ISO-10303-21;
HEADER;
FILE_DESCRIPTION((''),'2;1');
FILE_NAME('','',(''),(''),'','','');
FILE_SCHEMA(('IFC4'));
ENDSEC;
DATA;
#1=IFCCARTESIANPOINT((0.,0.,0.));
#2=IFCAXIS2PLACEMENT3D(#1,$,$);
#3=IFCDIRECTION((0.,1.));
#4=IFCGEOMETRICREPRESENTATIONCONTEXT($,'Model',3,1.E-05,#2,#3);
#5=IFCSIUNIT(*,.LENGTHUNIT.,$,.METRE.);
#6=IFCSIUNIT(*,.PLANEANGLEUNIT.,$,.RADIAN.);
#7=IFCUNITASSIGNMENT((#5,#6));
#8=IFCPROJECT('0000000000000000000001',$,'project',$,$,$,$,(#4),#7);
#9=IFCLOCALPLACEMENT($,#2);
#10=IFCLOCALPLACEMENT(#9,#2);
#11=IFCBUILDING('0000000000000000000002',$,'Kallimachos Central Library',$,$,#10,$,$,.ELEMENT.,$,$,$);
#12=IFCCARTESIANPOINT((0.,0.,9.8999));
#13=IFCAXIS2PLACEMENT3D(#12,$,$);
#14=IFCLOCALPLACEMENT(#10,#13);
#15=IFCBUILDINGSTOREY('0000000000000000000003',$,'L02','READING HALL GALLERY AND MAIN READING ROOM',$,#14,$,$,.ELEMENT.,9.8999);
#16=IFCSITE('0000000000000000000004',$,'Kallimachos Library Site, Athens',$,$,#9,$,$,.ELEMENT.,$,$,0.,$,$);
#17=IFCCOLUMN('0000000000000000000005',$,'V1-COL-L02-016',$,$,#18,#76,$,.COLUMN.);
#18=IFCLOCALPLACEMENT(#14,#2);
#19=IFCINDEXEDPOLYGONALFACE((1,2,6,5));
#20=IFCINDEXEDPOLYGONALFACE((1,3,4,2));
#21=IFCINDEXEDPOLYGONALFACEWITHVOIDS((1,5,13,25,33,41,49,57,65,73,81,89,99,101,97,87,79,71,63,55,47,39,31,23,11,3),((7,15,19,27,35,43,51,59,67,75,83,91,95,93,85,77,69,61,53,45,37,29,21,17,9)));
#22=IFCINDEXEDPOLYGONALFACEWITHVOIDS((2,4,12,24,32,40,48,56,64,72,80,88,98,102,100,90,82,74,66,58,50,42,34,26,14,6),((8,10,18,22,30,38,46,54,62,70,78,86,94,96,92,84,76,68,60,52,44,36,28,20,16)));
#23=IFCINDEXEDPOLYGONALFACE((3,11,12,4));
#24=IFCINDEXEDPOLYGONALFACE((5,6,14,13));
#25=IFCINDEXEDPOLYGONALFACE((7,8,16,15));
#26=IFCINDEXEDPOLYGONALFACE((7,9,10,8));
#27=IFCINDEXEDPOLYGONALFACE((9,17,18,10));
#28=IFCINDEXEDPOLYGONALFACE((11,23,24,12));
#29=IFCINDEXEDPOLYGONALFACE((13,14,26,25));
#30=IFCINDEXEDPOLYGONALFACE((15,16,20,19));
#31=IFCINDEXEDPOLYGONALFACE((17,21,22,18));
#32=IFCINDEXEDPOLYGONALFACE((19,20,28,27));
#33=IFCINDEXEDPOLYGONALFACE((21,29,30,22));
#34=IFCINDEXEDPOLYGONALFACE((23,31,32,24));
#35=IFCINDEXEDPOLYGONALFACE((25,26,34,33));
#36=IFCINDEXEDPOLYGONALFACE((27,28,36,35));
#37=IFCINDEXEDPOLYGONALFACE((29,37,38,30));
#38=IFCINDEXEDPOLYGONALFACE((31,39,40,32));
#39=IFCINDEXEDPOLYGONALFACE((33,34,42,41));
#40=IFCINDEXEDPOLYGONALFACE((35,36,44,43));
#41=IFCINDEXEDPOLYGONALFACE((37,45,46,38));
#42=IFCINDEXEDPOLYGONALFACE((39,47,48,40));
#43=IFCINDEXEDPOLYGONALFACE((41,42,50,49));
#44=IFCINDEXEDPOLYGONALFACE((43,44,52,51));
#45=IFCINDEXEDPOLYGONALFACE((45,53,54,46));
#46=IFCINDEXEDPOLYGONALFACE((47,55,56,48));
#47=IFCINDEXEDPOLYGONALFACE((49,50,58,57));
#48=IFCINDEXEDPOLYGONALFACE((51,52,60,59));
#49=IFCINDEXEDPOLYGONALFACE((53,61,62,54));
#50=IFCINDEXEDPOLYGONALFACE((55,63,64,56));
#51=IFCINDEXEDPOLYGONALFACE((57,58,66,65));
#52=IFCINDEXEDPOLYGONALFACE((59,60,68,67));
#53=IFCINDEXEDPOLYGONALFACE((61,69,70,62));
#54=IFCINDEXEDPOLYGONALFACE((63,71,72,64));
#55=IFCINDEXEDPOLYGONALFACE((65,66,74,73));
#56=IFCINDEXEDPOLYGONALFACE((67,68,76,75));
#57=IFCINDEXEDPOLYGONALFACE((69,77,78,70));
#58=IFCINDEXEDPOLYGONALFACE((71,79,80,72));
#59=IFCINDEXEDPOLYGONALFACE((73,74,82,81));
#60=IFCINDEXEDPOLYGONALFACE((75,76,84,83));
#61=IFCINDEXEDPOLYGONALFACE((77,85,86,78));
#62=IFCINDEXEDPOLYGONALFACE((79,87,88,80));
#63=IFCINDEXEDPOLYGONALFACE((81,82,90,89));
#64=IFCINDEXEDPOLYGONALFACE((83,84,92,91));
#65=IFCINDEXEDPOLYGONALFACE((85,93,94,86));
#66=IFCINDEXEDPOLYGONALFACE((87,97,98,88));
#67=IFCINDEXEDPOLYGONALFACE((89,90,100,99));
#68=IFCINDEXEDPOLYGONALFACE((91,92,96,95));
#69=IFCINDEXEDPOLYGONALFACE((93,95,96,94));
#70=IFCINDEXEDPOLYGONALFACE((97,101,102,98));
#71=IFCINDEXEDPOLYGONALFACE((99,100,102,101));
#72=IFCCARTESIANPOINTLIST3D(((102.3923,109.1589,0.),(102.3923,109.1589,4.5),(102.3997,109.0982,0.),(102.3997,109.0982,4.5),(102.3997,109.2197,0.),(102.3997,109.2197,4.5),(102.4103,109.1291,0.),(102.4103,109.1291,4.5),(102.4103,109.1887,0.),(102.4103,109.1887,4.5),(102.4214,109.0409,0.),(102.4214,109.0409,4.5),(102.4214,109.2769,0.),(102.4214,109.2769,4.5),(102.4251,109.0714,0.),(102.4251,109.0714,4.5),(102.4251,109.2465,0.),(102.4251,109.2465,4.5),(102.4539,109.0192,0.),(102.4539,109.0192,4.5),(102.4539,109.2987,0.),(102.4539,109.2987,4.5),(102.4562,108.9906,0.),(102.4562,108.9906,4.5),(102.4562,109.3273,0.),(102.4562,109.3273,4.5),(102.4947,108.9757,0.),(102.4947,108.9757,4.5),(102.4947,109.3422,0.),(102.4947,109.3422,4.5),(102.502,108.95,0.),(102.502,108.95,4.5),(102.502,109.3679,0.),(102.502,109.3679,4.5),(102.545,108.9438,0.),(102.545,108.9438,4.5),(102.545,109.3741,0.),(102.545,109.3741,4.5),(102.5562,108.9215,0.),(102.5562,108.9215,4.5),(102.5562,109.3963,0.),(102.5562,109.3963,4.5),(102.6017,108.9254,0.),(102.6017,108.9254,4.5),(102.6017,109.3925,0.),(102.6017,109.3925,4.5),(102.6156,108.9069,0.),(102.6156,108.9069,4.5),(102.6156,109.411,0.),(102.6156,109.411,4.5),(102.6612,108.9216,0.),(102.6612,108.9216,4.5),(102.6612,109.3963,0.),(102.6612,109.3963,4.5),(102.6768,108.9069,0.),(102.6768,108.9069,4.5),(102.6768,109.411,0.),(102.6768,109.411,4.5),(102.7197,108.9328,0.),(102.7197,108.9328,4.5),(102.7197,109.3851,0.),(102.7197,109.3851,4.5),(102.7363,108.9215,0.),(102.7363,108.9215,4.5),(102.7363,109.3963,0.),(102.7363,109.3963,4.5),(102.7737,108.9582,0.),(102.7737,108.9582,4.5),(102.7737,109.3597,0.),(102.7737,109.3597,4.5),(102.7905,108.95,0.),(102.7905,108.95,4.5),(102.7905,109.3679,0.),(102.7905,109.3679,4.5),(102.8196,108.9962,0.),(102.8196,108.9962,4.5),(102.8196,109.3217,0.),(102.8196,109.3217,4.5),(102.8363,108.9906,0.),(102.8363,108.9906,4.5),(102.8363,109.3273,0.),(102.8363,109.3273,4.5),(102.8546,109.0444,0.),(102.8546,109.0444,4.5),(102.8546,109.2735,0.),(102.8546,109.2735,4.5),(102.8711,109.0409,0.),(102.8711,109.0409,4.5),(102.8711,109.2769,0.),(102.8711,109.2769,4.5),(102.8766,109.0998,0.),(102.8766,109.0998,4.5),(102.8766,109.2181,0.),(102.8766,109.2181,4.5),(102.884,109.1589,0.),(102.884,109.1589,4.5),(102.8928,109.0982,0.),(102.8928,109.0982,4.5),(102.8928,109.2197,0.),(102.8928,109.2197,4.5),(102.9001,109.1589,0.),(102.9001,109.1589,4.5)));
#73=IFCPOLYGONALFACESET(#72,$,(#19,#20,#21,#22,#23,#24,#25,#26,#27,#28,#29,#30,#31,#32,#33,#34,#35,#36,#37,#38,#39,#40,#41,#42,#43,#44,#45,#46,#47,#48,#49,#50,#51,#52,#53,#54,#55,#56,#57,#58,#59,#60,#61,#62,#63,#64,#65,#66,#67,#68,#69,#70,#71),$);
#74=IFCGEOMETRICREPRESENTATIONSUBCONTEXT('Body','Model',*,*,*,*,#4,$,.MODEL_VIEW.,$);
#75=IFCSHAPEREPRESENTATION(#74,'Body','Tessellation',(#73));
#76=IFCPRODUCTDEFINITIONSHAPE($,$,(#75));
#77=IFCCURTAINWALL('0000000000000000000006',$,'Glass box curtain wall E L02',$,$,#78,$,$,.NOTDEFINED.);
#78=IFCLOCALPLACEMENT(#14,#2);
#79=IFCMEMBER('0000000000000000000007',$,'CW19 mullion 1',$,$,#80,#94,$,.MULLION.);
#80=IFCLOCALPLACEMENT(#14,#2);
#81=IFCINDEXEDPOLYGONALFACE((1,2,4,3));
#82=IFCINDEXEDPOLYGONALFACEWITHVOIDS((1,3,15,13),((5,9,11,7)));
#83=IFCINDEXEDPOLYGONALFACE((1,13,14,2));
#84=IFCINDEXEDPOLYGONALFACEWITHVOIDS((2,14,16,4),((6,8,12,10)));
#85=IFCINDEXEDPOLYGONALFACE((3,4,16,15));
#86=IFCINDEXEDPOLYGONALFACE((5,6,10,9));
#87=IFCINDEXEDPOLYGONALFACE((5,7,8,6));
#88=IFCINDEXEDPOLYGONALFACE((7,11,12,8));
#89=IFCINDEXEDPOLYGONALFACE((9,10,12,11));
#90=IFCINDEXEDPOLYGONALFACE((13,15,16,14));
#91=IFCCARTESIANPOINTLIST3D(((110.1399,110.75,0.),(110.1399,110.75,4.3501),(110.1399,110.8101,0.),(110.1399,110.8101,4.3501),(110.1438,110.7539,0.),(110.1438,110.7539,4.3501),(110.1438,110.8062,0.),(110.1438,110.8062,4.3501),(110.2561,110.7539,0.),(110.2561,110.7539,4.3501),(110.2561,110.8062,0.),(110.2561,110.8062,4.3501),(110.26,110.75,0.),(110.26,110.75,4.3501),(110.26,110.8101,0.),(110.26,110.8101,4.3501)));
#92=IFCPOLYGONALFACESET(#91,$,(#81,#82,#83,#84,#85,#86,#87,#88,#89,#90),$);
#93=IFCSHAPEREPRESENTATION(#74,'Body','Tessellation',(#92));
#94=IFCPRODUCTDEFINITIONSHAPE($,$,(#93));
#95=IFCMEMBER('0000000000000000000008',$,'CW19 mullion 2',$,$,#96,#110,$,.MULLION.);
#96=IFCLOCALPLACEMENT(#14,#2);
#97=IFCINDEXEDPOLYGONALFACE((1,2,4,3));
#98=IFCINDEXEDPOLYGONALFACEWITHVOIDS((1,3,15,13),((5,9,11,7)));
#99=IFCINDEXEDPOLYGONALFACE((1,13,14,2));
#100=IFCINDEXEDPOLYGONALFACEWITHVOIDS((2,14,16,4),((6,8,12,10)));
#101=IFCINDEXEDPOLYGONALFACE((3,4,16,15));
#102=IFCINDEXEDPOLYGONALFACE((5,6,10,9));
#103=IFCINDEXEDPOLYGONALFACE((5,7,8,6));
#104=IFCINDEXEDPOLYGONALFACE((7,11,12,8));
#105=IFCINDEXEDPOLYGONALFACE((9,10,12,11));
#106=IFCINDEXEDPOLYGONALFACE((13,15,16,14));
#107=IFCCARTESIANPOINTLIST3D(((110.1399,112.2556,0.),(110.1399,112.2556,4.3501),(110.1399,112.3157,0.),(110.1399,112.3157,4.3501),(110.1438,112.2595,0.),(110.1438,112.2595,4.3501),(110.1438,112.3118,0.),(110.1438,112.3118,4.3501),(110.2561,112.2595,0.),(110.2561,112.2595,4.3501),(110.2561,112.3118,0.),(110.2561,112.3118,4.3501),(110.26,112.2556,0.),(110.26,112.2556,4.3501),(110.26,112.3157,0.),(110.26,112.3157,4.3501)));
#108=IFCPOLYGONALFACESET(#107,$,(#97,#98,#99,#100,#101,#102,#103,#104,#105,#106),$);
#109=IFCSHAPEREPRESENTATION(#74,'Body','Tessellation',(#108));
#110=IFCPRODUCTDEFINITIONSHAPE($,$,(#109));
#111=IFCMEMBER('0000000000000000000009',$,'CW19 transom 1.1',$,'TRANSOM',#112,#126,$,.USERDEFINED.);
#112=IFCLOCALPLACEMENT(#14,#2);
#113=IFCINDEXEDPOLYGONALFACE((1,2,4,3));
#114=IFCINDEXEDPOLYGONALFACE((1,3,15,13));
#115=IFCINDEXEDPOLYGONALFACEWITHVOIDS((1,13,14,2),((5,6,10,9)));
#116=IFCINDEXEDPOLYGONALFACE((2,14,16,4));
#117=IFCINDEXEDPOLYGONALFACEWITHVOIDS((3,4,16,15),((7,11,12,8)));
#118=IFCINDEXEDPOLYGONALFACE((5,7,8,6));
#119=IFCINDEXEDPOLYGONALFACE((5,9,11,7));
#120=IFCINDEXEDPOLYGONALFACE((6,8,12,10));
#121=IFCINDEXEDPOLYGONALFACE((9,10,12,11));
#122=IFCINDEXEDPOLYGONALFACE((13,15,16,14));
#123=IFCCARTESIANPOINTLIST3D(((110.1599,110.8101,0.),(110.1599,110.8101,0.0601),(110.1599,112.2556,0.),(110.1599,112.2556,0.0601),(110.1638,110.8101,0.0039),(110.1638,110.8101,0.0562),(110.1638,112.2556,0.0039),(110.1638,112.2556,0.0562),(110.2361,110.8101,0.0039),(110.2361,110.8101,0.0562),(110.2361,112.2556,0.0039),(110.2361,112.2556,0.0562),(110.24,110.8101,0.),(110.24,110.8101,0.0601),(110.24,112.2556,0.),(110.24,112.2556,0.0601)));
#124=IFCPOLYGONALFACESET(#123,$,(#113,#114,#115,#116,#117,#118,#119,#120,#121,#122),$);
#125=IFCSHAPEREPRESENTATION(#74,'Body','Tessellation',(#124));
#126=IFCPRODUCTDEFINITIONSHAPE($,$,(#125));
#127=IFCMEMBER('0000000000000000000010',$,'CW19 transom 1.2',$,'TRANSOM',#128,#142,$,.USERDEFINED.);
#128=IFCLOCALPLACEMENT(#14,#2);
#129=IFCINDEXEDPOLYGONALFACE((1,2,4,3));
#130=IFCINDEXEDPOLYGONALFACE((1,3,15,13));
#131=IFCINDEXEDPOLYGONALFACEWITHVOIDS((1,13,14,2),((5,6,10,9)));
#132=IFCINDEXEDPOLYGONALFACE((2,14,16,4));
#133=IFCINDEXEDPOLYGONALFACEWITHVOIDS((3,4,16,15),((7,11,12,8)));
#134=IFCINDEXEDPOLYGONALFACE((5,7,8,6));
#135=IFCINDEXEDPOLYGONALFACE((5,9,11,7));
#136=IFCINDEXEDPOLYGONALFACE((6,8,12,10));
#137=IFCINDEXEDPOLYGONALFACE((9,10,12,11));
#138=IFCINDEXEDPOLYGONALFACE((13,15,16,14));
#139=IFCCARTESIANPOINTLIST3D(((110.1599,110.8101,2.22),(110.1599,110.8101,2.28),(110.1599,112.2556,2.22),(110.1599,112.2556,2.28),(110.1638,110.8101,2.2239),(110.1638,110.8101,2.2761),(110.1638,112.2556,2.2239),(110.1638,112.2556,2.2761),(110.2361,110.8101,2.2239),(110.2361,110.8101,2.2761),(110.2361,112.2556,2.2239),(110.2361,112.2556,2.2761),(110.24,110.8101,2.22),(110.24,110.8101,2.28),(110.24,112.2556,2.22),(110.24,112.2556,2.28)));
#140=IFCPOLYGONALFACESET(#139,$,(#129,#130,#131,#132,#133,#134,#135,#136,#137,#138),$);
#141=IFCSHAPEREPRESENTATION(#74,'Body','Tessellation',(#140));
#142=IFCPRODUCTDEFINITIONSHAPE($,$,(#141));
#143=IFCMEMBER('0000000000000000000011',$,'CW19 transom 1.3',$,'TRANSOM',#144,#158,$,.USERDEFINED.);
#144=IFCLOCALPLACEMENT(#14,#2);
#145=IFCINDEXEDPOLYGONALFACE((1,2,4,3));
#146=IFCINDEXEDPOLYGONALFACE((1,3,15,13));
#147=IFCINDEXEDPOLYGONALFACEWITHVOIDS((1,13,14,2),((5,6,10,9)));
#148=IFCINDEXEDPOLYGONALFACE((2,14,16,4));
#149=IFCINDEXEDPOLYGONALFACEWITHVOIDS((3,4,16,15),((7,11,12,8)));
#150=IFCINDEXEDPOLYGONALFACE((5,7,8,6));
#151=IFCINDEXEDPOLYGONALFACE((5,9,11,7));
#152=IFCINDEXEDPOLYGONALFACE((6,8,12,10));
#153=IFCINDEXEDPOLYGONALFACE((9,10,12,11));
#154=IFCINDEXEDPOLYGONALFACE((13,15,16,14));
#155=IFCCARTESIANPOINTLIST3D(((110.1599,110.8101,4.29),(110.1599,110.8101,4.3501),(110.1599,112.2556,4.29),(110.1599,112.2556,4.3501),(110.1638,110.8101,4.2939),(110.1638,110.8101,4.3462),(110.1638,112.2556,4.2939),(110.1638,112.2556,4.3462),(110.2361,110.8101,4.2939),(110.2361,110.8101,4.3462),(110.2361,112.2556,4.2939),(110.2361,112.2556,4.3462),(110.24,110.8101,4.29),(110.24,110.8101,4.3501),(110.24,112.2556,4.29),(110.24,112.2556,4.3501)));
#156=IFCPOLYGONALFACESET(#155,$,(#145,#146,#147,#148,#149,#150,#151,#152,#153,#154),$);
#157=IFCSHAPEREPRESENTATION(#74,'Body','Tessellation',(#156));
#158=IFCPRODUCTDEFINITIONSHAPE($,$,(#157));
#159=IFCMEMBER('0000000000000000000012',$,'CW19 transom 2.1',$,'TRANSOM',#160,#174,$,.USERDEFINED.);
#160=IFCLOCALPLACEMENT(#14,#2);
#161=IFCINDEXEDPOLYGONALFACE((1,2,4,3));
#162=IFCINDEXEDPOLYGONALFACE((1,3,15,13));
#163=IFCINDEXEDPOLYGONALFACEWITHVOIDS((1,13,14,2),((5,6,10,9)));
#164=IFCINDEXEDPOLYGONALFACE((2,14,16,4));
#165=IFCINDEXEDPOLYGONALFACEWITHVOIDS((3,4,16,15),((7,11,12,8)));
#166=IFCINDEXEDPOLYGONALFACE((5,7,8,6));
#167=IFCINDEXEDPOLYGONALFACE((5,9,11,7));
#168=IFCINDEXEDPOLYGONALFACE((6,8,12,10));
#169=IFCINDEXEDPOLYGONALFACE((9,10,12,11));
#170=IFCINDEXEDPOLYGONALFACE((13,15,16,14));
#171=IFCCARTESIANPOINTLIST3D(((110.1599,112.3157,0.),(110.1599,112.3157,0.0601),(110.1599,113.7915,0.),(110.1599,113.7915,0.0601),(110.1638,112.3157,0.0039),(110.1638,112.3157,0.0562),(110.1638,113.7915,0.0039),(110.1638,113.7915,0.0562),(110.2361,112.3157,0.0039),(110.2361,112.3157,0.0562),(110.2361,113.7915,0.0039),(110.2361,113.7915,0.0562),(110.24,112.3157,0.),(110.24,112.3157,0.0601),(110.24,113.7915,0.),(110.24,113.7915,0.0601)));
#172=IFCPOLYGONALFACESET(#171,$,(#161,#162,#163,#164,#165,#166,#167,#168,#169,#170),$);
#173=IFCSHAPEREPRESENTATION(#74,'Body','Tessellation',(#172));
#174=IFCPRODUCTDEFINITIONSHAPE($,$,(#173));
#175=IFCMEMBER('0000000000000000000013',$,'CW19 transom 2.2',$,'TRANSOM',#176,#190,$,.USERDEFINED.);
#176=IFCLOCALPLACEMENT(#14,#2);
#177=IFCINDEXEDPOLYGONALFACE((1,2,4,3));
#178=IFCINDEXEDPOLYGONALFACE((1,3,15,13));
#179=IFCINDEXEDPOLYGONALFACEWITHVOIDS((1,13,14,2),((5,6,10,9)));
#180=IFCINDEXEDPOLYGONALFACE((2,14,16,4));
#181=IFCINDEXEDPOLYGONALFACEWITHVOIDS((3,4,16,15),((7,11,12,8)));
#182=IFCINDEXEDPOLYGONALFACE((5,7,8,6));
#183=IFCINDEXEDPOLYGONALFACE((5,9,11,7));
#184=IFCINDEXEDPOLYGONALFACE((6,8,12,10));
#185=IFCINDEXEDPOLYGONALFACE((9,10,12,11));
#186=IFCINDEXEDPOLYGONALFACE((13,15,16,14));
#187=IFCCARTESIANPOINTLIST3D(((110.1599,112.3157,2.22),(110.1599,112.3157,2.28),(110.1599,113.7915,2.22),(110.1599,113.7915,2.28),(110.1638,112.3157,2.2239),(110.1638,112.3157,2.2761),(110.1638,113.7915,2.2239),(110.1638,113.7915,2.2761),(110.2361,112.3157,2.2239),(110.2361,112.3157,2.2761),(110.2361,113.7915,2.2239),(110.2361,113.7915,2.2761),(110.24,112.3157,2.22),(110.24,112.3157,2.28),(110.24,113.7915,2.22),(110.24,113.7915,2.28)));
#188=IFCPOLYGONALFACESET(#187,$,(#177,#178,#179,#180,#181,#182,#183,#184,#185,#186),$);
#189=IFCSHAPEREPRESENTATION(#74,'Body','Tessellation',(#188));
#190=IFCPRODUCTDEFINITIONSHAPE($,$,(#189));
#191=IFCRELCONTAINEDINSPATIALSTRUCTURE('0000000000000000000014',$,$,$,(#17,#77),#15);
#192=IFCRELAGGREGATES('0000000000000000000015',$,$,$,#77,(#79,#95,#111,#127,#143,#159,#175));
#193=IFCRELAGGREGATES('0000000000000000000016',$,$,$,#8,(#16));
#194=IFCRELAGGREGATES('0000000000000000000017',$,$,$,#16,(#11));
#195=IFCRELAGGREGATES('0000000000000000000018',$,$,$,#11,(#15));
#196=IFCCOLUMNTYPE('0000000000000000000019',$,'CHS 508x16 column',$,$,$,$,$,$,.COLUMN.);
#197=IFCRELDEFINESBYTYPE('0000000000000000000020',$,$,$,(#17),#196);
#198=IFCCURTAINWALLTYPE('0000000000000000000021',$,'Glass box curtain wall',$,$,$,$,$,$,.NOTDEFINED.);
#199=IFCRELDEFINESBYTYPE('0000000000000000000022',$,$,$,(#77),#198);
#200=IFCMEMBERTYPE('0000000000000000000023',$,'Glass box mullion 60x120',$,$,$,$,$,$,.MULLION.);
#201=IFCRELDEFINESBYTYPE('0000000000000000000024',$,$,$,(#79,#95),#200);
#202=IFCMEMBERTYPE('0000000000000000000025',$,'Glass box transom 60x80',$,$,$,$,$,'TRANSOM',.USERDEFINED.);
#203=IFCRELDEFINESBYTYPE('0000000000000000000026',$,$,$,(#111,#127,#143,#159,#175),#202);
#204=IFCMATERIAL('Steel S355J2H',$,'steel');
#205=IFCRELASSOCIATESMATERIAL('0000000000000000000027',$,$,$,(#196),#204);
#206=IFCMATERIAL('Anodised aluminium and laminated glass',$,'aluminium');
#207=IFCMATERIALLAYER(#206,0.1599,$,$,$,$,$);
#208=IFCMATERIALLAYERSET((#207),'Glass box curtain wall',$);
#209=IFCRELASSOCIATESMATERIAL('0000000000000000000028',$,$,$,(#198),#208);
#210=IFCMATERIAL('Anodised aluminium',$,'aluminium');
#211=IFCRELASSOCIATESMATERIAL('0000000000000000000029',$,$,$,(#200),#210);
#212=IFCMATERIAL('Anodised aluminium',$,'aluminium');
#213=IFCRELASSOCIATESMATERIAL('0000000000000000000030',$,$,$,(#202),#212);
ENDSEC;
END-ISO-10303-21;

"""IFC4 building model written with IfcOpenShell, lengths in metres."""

from ifc_helpers import new_model, si_unit, direction, frame, origin, origin_2d, place, context, subcontext, project, spatial, hollow_rectangle, hollow_circle, extrude, material, layer, layer_set, material_profile, profile_set, type_object, element, aggregate, save


model = new_model("IFC4")

# Units and contexts
model_context = context("Model", 3, precision=1e-05, world=origin(), true_north=direction((0.0, 1.0)))
body_context = subcontext(model_context, "Body", "Model", "MODEL_VIEW")
ifc_project = project(units=[si_unit("LENGTHUNIT", "METRE"), si_unit("PLANEANGLEUNIT", "RADIAN")], contexts=[model_context])

# Site, building, storey
site_placement = place(None, origin())
site = spatial("IfcSite", under=ifc_project, at=site_placement, Name="Kallimachos Library Site, Athens", CompositionType="ELEMENT", RefElevation=0.0)
building_placement = place(site_placement, origin())
building = spatial("IfcBuilding", under=site, at=building_placement, Name="Kallimachos Central Library", CompositionType="ELEMENT")
storey_placement = place(building_placement, frame((0.0, 0.0, 9.8999)))
storey = spatial("IfcBuildingStorey", under=building, at=storey_placement, Name="L02", Description="READING HALL GALLERY AND MAIN READING ROOM", CompositionType="ELEMENT", Elevation=9.8999)

# Column
ifc_material_1 = material(Name="Steel S355J2H", Category="steel")
ifc_material_profile_1 = material_profile(ifc_material_1, hollow_circle(Radius=0.2539, WallThickness=0.0161, at=origin_2d()), Name="CHS 508x16")
ifc_profile_set_1 = profile_set([ifc_material_profile_1], Name="Steel S355J2H")
column_type = type_object("IfcColumnType", Name="CHS 508x16 column", PredefinedType="COLUMN", material=ifc_profile_set_1)
column_placement = place(storey_placement, frame((102.6462, 109.1589, 0.0), z_axis=(0.0, 0.0, 1.0), x_axis=(1.0, 0.0, 0.0)))
element("IfcColumn", 1, at=column_placement, inside=storey, type_object=column_type, Name="V1-COL-L02-016", PredefinedType="COLUMN", context=body_context, shape_type="SweptSolid", body=[
    extrude(hollow_circle(Radius=0.2539, WallThickness=0.0161, at=origin_2d()), origin(), (0.0, 0.0, 1.0), 4.5),
])

# Curtain wall, members
ifc_material_2 = material(Name="Anodised aluminium and laminated glass", Category="aluminium")
ifc_layer_1 = layer(ifc_material_2, 0.1599)
ifc_layer_set_1 = layer_set([ifc_layer_1], Name="Glass box curtain wall")
curtain_wall_type = type_object("IfcCurtainWallType", Name="Glass box curtain wall", PredefinedType="NOTDEFINED", material=ifc_layer_set_1)
curtain_wall_placement = place(storey_placement, origin())
curtain_wall = element("IfcCurtainWall", 2, at=curtain_wall_placement, inside=storey, type_object=curtain_wall_type, Name="Glass box curtain wall E L02", PredefinedType="NOTDEFINED")
ifc_material_3 = material(Name="Anodised aluminium", Category="aluminium")
ifc_material_profile_2 = material_profile(ifc_material_3, hollow_rectangle(XDim=0.0601, YDim=0.1201, WallThickness=0.0039, at=origin_2d()), Name="ALU MULLION 60x120")
ifc_profile_set_2 = profile_set([ifc_material_profile_2], Name="Anodised aluminium")
member_type_1 = type_object("IfcMemberType", Name="Glass box mullion 60x120", PredefinedType="MULLION", material=ifc_profile_set_2)
member_1_placement = place(storey_placement, frame((110.2, 110.78, 0.0), z_axis=(0.0, 0.0, 1.0), x_axis=(0.0, 1.0, 0.0)))
member_1 = element("IfcMember", 3, at=member_1_placement, type_object=member_type_1, Name="CW19 mullion 1", PredefinedType="MULLION", context=body_context, shape_type="SweptSolid", body=[
    extrude(hollow_rectangle(XDim=0.0601, YDim=0.1201, WallThickness=0.0039, at=origin_2d()), origin(), (0.0, 0.0, 1.0), 4.3501),
])
member_2_placement = place(storey_placement, frame((110.2, 112.2856, 0.0), z_axis=(0.0, 0.0, 1.0), x_axis=(0.0, 1.0, 0.0)))
member_2 = element("IfcMember", 4, at=member_2_placement, type_object=member_type_1, Name="CW19 mullion 2", PredefinedType="MULLION", context=body_context, shape_type="SweptSolid", body=[
    extrude(hollow_rectangle(XDim=0.0601, YDim=0.1201, WallThickness=0.0039, at=origin_2d()), origin(), (0.0, 0.0, 1.0), 4.3501),
])
ifc_material_4 = material(Name="Anodised aluminium", Category="aluminium")
ifc_material_profile_3 = material_profile(ifc_material_4, hollow_rectangle(XDim=0.0601, YDim=0.0801, WallThickness=0.0039, at=origin_2d()), Name="ALU TRANSOM 60x80")
ifc_profile_set_3 = profile_set([ifc_material_profile_3], Name="Anodised aluminium")
member_type_2 = type_object("IfcMemberType", Name="Glass box transom 60x80", ElementType="TRANSOM", PredefinedType="USERDEFINED", material=ifc_profile_set_3)
member_3_placement = place(storey_placement, frame((110.2, 110.8101, 0.03), z_axis=(0.0, 1.0, 0.0), x_axis=(0.0, 0.0, 1.0)))
member_3 = element("IfcMember", 5, at=member_3_placement, type_object=member_type_2, Name="CW19 transom 1.1", ObjectType="TRANSOM", PredefinedType="USERDEFINED", context=body_context, shape_type="SweptSolid", body=[
    extrude(hollow_rectangle(XDim=0.0601, YDim=0.0801, WallThickness=0.0039, at=origin_2d()), origin(), (0.0, 0.0, 1.0), 1.4456),
])
member_4_placement = place(storey_placement, frame((110.2, 110.8101, 2.25), z_axis=(0.0, 1.0, 0.0), x_axis=(0.0, 0.0, 1.0)))
member_4 = element("IfcMember", 6, at=member_4_placement, type_object=member_type_2, Name="CW19 transom 1.2", ObjectType="TRANSOM", PredefinedType="USERDEFINED", context=body_context, shape_type="SweptSolid", body=[
    extrude(hollow_rectangle(XDim=0.0601, YDim=0.0801, WallThickness=0.0039, at=origin_2d()), origin(), (0.0, 0.0, 1.0), 1.4456),
])
member_5_placement = place(storey_placement, frame((110.2, 110.8101, 4.3201), z_axis=(0.0, 1.0, 0.0), x_axis=(0.0, 0.0, 1.0)))
member_5 = element("IfcMember", 7, at=member_5_placement, type_object=member_type_2, Name="CW19 transom 1.3", ObjectType="TRANSOM", PredefinedType="USERDEFINED", context=body_context, shape_type="SweptSolid", body=[
    extrude(hollow_rectangle(XDim=0.0601, YDim=0.0801, WallThickness=0.0039, at=origin_2d()), origin(), (0.0, 0.0, 1.0), 1.4456),
])
member_6_placement = place(storey_placement, frame((110.2, 112.3157, 0.03), z_axis=(0.0, 1.0, 0.0), x_axis=(0.0, 0.0, 1.0)))
member_6 = element("IfcMember", 8, at=member_6_placement, type_object=member_type_2, Name="CW19 transom 2.1", ObjectType="TRANSOM", PredefinedType="USERDEFINED", context=body_context, shape_type="SweptSolid", body=[
    extrude(hollow_rectangle(XDim=0.0601, YDim=0.0801, WallThickness=0.0039, at=origin_2d()), origin(), (0.0, 0.0, 1.0), 1.4758),
])
member_7_placement = place(storey_placement, frame((110.2, 112.3157, 2.25), z_axis=(0.0, 1.0, 0.0), x_axis=(0.0, 0.0, 1.0)))
member_7 = element("IfcMember", 9, at=member_7_placement, type_object=member_type_2, Name="CW19 transom 2.2", ObjectType="TRANSOM", PredefinedType="USERDEFINED", context=body_context, shape_type="SweptSolid", body=[
    extrude(hollow_rectangle(XDim=0.0601, YDim=0.0801, WallThickness=0.0039, at=origin_2d()), origin(), (0.0, 0.0, 1.0), 1.4758),
])

aggregate(curtain_wall, [member_1, member_2, member_3, member_4, member_5, member_6, member_7])

save(model, "model.ifc")
